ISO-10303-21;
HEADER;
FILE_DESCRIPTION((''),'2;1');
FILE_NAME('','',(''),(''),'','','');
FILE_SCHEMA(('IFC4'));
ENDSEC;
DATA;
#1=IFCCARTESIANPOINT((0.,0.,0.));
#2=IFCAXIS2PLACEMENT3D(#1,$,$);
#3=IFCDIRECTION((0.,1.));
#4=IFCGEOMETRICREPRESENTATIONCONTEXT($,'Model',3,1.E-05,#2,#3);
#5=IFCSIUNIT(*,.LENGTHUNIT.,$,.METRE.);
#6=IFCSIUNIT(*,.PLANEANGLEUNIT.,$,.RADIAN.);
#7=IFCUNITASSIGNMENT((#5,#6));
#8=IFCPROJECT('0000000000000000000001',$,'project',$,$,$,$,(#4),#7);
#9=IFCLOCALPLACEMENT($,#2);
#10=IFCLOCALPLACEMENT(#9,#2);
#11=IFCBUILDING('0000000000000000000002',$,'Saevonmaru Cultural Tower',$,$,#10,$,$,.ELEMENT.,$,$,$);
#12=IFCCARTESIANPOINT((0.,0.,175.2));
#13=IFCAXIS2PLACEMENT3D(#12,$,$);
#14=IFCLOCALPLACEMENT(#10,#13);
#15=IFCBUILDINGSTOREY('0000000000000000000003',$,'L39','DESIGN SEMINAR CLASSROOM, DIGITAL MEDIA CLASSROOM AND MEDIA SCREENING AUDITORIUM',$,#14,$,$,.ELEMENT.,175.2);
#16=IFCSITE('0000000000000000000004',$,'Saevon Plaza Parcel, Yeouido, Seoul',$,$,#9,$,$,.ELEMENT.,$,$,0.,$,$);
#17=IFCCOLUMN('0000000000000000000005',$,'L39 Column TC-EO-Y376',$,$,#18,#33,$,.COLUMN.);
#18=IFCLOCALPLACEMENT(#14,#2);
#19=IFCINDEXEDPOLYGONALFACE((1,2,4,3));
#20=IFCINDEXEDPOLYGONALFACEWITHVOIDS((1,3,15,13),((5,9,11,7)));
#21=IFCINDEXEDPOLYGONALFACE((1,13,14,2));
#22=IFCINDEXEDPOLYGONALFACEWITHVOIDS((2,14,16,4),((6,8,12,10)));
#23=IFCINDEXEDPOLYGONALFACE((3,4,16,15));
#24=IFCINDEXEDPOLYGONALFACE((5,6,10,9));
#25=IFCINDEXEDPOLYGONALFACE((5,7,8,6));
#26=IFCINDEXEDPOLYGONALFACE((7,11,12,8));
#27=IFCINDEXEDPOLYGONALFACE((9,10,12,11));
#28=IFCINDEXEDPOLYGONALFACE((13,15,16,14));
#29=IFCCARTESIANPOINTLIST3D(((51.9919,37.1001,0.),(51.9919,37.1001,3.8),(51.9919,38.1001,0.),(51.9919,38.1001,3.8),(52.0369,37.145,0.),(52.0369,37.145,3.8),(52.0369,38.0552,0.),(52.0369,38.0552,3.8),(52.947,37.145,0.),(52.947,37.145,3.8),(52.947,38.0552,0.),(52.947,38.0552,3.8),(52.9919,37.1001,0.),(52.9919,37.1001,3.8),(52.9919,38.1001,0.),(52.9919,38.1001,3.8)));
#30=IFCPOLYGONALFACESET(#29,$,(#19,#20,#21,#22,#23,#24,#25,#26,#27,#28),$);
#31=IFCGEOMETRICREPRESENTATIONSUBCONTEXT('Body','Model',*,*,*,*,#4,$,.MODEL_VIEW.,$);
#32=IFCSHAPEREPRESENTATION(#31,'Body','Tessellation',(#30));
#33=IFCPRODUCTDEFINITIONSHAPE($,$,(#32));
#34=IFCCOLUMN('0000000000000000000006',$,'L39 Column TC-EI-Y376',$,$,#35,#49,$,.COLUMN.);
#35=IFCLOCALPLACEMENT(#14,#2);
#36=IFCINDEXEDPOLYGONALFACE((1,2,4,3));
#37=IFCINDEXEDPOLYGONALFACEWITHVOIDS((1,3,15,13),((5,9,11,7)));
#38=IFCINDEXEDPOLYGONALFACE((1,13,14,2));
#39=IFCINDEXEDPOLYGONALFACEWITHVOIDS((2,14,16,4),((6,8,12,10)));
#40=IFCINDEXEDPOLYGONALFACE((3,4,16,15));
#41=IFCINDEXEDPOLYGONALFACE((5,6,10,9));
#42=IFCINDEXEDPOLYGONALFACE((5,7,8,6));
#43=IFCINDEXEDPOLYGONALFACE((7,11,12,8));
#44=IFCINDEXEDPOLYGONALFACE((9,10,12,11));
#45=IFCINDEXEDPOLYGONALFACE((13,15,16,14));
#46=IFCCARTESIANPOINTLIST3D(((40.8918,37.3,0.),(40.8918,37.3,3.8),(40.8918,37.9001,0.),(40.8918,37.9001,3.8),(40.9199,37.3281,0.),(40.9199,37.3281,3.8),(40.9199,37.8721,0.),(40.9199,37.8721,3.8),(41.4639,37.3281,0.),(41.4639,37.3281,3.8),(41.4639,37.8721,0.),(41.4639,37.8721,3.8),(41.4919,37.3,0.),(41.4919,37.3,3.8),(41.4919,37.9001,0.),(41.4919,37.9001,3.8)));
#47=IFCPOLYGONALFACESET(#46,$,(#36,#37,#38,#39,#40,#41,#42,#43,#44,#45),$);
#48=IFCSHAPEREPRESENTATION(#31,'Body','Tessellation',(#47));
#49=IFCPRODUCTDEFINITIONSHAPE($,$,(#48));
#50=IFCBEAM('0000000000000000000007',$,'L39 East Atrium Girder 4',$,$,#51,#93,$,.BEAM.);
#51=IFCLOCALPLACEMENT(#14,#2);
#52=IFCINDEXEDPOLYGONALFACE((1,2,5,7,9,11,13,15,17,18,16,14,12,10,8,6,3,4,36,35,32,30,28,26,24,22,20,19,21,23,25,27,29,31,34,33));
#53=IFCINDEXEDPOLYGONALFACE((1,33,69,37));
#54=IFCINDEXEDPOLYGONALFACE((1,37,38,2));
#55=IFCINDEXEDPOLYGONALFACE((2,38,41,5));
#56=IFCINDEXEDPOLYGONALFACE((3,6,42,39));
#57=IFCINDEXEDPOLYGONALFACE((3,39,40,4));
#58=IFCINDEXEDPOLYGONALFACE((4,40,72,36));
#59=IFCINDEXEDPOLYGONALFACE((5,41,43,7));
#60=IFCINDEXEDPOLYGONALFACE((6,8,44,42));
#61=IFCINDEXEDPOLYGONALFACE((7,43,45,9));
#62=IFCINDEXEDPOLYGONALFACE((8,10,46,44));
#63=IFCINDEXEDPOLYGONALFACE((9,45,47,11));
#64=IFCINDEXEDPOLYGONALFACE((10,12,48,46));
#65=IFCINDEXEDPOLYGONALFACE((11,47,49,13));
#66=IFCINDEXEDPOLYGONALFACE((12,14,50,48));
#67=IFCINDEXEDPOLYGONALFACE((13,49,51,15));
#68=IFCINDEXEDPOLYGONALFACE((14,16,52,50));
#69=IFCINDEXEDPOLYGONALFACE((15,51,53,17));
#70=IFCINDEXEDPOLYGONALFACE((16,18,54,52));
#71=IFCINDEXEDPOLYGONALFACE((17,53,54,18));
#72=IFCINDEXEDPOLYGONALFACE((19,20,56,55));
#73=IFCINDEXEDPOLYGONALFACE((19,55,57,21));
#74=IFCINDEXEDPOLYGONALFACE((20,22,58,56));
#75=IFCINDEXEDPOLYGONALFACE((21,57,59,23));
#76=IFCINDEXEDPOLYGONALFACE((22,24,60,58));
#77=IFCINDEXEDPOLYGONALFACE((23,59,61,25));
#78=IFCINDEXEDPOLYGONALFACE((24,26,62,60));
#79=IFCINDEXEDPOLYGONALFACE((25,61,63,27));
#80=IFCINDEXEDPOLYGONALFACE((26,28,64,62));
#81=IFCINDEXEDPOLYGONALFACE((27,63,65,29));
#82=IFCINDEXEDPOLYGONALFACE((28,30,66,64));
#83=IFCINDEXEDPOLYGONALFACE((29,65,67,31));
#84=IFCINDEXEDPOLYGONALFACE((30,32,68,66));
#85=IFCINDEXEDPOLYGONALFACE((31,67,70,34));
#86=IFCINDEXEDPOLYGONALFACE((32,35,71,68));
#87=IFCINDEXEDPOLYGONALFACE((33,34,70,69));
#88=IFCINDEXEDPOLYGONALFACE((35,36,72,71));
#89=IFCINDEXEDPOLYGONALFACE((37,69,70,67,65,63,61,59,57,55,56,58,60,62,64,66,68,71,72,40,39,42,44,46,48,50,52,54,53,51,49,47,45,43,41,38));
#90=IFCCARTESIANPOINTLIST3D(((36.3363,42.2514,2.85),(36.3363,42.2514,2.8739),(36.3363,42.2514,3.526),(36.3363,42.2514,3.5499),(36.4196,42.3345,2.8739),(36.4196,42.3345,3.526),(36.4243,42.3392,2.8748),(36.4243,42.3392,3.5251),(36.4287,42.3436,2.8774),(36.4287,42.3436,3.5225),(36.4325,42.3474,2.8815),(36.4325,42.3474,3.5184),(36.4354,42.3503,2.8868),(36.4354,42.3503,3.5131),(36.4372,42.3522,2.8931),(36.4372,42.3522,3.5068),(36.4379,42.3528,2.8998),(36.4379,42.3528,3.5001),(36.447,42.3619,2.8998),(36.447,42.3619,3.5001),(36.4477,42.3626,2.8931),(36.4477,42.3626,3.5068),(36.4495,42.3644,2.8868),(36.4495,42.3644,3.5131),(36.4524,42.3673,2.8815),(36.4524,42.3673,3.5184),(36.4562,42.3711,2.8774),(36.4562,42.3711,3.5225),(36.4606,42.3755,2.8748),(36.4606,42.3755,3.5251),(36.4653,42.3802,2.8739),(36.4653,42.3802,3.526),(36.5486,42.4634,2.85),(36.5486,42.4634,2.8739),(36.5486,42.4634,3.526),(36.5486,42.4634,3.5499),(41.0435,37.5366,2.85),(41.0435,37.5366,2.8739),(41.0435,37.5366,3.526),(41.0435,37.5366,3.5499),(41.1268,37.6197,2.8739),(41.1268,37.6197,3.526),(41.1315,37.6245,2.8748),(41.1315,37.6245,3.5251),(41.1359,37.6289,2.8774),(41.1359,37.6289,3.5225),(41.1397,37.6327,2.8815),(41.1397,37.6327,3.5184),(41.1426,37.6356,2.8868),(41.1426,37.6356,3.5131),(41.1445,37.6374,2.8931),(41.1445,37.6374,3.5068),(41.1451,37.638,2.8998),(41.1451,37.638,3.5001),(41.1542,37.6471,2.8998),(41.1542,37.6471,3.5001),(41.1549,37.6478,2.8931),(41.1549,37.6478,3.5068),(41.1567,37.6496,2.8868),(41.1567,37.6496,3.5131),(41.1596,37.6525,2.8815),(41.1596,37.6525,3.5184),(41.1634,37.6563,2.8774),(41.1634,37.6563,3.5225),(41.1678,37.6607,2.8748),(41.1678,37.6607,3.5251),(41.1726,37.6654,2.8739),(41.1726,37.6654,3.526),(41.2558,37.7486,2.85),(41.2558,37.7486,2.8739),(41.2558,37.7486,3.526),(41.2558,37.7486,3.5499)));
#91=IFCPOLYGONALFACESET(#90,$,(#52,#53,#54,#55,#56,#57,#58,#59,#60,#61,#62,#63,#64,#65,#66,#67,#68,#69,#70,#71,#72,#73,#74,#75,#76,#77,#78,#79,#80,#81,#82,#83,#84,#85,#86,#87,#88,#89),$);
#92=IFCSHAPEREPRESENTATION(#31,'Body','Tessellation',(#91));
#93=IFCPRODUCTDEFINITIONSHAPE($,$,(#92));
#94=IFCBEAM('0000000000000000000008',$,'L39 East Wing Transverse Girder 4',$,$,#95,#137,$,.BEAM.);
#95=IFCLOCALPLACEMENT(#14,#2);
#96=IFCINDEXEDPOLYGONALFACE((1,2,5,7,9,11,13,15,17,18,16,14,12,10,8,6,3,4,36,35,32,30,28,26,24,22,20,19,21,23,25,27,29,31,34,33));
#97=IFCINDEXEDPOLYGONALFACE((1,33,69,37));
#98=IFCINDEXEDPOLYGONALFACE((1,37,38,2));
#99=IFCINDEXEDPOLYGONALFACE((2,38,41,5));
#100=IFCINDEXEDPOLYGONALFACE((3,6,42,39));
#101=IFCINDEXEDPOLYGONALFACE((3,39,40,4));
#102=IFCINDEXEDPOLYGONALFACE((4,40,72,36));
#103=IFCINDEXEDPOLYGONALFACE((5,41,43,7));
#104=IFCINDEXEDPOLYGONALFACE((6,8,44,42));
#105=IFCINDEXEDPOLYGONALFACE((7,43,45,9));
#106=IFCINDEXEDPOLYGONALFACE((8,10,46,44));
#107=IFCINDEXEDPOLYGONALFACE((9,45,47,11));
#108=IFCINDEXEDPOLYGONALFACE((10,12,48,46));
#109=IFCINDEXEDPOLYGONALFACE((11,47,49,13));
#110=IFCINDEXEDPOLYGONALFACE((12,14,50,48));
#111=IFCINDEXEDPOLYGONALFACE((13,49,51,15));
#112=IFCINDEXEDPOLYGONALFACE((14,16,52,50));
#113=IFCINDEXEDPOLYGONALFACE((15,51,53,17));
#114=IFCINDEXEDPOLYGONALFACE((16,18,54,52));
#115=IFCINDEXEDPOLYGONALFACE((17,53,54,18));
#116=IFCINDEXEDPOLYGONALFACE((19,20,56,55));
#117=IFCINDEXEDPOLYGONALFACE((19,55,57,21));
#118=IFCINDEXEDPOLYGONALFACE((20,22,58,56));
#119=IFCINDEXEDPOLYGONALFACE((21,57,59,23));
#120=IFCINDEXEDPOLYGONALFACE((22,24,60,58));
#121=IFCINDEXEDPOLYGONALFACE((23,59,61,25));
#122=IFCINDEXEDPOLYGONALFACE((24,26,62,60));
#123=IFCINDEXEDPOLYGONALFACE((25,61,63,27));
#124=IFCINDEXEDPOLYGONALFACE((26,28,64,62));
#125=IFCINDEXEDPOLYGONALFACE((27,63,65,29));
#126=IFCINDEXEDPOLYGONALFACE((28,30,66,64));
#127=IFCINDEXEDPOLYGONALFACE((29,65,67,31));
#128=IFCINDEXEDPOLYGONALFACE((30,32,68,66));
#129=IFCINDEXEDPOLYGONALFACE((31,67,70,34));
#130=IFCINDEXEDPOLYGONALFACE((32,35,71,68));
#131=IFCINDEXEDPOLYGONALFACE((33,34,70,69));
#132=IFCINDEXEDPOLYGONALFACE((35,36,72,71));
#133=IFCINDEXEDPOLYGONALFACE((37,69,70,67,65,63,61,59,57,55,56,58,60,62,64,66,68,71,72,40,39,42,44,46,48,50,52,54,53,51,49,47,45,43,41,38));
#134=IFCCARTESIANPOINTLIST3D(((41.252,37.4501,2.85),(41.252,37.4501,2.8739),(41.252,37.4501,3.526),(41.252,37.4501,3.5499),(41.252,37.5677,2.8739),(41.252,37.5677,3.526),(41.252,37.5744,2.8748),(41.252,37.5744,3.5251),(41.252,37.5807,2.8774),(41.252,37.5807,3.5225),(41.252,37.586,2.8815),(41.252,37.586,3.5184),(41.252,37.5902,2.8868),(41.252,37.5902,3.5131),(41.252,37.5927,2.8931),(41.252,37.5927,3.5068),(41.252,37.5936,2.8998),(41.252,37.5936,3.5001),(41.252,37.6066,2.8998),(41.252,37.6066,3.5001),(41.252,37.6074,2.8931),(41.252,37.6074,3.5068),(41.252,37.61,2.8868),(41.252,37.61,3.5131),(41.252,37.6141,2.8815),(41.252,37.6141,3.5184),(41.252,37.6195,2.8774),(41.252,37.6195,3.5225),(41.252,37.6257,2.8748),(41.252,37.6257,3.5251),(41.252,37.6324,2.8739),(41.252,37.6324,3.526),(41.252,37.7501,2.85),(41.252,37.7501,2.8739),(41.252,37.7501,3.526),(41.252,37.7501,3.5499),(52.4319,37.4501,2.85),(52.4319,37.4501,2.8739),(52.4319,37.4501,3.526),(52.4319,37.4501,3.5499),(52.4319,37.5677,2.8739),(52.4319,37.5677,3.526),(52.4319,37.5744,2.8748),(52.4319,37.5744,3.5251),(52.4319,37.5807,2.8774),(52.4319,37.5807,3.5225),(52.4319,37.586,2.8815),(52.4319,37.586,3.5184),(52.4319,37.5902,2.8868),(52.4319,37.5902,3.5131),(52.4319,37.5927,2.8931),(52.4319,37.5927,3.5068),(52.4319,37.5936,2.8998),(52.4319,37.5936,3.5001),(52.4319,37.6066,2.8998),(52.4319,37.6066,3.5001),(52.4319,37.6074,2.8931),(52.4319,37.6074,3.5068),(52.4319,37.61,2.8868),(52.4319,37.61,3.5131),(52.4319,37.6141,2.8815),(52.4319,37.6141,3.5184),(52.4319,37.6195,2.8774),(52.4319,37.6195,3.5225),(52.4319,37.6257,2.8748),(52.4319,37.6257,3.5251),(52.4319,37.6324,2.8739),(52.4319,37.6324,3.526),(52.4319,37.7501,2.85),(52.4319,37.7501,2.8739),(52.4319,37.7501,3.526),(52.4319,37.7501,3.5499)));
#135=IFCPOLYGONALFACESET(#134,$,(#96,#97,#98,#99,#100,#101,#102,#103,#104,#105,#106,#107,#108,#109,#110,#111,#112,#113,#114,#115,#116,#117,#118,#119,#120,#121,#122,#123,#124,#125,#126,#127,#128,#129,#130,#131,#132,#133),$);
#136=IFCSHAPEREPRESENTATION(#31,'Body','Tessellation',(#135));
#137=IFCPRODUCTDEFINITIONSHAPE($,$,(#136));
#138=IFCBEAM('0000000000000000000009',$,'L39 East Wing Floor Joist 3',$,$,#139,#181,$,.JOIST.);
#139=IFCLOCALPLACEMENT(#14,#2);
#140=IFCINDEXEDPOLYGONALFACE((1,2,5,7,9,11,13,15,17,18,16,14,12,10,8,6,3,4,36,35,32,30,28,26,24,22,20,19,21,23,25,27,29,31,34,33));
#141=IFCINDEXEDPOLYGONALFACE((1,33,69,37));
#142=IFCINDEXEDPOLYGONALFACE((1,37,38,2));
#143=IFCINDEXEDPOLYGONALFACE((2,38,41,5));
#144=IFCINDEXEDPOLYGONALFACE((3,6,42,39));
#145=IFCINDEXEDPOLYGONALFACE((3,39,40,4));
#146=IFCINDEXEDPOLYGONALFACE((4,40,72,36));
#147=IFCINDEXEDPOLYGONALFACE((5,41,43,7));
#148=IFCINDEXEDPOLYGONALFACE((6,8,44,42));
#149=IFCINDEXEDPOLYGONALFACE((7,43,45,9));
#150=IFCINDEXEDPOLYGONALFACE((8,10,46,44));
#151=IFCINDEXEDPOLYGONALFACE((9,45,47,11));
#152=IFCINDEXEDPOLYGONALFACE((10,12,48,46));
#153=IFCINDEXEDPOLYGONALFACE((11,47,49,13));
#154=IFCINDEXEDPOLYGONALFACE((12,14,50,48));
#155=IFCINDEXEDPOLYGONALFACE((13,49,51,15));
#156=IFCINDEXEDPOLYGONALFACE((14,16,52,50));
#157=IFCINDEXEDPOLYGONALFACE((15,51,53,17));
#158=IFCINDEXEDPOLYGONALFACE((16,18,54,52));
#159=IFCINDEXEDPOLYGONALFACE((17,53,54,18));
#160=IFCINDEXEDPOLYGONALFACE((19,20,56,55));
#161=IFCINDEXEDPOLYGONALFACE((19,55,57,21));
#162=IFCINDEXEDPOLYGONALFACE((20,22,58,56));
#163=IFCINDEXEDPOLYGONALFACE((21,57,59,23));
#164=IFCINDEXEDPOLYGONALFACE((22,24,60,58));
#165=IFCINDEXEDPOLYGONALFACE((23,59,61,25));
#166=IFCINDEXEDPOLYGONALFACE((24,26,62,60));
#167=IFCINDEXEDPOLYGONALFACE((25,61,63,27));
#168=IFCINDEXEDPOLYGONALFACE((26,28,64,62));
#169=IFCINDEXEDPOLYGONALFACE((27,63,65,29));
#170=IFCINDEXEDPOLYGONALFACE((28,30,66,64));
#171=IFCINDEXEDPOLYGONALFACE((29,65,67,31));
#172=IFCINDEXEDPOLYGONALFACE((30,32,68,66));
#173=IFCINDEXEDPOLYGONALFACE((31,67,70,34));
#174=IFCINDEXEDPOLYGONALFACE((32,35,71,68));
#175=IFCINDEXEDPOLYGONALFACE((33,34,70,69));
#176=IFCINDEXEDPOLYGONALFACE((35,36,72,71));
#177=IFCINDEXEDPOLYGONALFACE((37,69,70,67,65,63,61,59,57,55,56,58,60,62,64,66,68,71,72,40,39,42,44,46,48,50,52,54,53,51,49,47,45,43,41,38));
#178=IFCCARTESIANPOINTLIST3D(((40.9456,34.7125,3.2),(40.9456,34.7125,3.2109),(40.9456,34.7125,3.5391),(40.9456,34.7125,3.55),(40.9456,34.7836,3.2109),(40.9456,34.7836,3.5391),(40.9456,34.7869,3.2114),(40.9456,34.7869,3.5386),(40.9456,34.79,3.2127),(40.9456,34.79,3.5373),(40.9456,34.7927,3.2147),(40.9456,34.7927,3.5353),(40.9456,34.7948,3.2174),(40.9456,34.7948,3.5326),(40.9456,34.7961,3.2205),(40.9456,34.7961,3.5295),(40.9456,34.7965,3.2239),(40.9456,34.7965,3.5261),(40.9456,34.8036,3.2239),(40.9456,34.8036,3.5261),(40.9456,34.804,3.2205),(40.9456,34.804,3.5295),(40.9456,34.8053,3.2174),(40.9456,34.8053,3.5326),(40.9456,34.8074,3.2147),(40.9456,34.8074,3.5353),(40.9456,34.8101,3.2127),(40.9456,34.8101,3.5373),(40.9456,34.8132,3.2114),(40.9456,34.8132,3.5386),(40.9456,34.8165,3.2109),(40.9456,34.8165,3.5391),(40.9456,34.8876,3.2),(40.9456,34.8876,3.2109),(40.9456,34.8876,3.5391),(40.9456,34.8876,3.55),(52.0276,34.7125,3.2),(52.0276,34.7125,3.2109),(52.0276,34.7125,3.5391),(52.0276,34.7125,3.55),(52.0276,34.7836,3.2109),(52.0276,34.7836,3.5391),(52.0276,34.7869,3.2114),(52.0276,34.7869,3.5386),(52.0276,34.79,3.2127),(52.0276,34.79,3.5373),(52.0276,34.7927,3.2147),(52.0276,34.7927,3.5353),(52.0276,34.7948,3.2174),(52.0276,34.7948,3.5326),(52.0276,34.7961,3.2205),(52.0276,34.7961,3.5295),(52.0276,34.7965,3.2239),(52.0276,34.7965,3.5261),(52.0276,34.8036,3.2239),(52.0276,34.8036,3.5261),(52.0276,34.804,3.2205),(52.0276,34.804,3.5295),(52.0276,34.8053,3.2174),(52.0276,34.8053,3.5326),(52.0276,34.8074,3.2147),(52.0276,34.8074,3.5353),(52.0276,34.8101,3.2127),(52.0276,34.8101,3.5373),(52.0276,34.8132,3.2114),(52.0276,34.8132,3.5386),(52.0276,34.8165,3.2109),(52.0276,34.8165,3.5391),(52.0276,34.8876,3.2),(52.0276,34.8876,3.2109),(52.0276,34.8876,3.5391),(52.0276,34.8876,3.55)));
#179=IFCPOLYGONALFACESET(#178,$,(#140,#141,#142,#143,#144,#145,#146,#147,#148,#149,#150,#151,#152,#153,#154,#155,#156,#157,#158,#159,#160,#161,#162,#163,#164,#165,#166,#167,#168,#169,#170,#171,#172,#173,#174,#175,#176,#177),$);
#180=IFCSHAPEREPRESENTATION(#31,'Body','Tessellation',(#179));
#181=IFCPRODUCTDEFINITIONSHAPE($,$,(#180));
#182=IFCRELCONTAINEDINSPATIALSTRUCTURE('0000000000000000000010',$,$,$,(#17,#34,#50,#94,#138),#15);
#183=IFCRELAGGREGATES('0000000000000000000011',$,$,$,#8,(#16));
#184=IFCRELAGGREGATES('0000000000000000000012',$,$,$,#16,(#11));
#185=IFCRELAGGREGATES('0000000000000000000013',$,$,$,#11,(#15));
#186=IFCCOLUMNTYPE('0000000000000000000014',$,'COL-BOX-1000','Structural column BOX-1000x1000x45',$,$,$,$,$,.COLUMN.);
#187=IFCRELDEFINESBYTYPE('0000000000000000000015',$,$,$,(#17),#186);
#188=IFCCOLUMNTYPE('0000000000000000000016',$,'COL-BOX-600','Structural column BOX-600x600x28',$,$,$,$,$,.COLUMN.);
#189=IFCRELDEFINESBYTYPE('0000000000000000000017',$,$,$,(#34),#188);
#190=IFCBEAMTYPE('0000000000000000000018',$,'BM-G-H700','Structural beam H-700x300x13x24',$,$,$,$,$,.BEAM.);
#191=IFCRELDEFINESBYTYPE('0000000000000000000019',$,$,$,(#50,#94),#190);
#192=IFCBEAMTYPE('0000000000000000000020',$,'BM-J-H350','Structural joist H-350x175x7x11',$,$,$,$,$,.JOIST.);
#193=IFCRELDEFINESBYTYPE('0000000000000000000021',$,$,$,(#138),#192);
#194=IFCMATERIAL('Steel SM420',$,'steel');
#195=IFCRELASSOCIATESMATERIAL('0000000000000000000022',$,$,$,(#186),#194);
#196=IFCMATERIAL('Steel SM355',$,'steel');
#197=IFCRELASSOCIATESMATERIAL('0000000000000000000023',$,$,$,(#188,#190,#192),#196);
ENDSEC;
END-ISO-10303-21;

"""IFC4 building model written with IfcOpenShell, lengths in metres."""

from ifc_helpers import new_model, si_unit, direction, frame, origin, origin_2d, place, context, subcontext, project, spatial, hollow_rectangle, i_section, extrude, material, material_profile, profile_set, type_object, element, save


model = new_model("IFC4")

# Units and contexts
model_context = context("Model", 3, precision=1e-05, world=origin(), true_north=direction((0.0, 1.0)))
body_context = subcontext(model_context, "Body", "Model", "MODEL_VIEW")
ifc_project = project(units=[si_unit("LENGTHUNIT", "METRE"), si_unit("PLANEANGLEUNIT", "RADIAN")], contexts=[model_context])

# Site, building, storey
site_placement = place(None, origin())
site = spatial("IfcSite", under=ifc_project, at=site_placement, Name="Saevon Plaza Parcel, Yeouido, Seoul", CompositionType="ELEMENT", RefElevation=0.0)
building_placement = place(site_placement, origin())
building = spatial("IfcBuilding", under=site, at=building_placement, Name="Saevonmaru Cultural Tower", CompositionType="ELEMENT")
storey_placement = place(building_placement, frame((0.0, 0.0, 175.2)))
storey = spatial("IfcBuildingStorey", under=building, at=storey_placement, Name="L39", Description="DESIGN SEMINAR CLASSROOM, DIGITAL MEDIA CLASSROOM AND MEDIA SCREENING AUDITORIUM", CompositionType="ELEMENT", Elevation=175.2)

# Columns
ifc_material_1 = material(Name="Steel SM420", Category="steel")
ifc_material_profile_1 = material_profile(ifc_material_1, hollow_rectangle(XDim=1.0, YDim=1.0, WallThickness=0.0449, at=origin_2d()), Name="BOX-1000x1000x45")
ifc_profile_set_1 = profile_set([ifc_material_profile_1], Name="Steel SM420")
column_type_1 = type_object("IfcColumnType", Name="COL-BOX-1000", Description="Structural column BOX-1000x1000x45", PredefinedType="COLUMN", material=ifc_profile_set_1)
column_1_placement = place(storey_placement, frame((52.4919, 37.6001, 0.0), z_axis=(0.0, 0.0, 1.0), x_axis=(1.0, 0.0, 0.0)))
element("IfcColumn", 1, at=column_1_placement, inside=storey, type_object=column_type_1, Name="L39 Column TC-EO-Y376", PredefinedType="COLUMN", context=body_context, shape_type="SweptSolid", body=[
    extrude(hollow_rectangle(XDim=1.0, YDim=1.0, WallThickness=0.0449, at=origin_2d()), origin(), (0.0, 0.0, 1.0), 3.8),
])
ifc_material_2 = material(Name="Steel SM355", Category="steel")
ifc_material_profile_2 = material_profile(ifc_material_2, hollow_rectangle(XDim=0.6001, YDim=0.6001, WallThickness=0.0281, at=origin_2d()), Name="BOX-600x600x28")
ifc_profile_set_2 = profile_set([ifc_material_profile_2], Name="Steel SM355")
column_type_2 = type_object("IfcColumnType", Name="COL-BOX-600", Description="Structural column BOX-600x600x28", PredefinedType="COLUMN", material=ifc_profile_set_2)
column_2_placement = place(storey_placement, frame((41.1919, 37.6001, 0.0), z_axis=(0.0, 0.0, 1.0), x_axis=(1.0, 0.0, 0.0)))
element("IfcColumn", 2, at=column_2_placement, inside=storey, type_object=column_type_2, Name="L39 Column TC-EI-Y376", PredefinedType="COLUMN", context=body_context, shape_type="SweptSolid", body=[
    extrude(hollow_rectangle(XDim=0.6001, YDim=0.6001, WallThickness=0.0281, at=origin_2d()), origin(), (0.0, 0.0, 1.0), 3.8),
])

# Beams
ifc_material_profile_3 = material_profile(ifc_material_2, i_section(OverallWidth=0.3, OverallDepth=0.7, WebThickness=0.0129, FlangeThickness=0.0239, FilletRadius=0.0259, at=origin_2d()), Name="H-700x300x13x24")
ifc_profile_set_3 = profile_set([ifc_material_profile_3], Name="Steel SM355")
beam_type_1 = type_object("IfcBeamType", Name="BM-G-H700", Description="Structural beam H-700x300x13x24", PredefinedType="BEAM", material=ifc_profile_set_3)
beam_1_placement = place(storey_placement, frame((41.1497, 37.6426, 3.2), z_axis=(-0.706539, 0.707675, 0.0), x_axis=(-0.707675, -0.706539, 0.0)))
element("IfcBeam", 3, at=beam_1_placement, inside=storey, type_object=beam_type_1, Name="L39 East Atrium Girder 4", PredefinedType="BEAM", context=body_context, shape_type="SweptSolid", body=[
    extrude(i_section(OverallWidth=0.3, OverallDepth=0.7, WebThickness=0.0129, FlangeThickness=0.0239, FilletRadius=0.0259, at=origin_2d()), origin(), (0.0, 0.0, 1.0), 6.6624),
])
beam_2_placement = place(storey_placement, frame((41.252, 37.6001, 3.2), z_axis=(1.0, 0.0, 0.0), x_axis=(0.0, 1.0, 0.0)))
element("IfcBeam", 4, at=beam_2_placement, inside=storey, type_object=beam_type_1, Name="L39 East Wing Transverse Girder 4", PredefinedType="BEAM", context=body_context, shape_type="SweptSolid", body=[
    extrude(i_section(OverallWidth=0.3, OverallDepth=0.7, WebThickness=0.0129, FlangeThickness=0.0239, FilletRadius=0.0259, at=origin_2d()), origin(), (0.0, 0.0, 1.0), 11.1799),
])
ifc_material_profile_4 = material_profile(ifc_material_2, i_section(OverallWidth=0.175, OverallDepth=0.3501, WebThickness=0.0071, FlangeThickness=0.011, FilletRadius=0.0129, at=origin_2d()), Name="H-350x175x7x11")
ifc_profile_set_4 = profile_set([ifc_material_profile_4], Name="Steel SM355")
beam_type_2 = type_object("IfcBeamType", Name="BM-J-H350", Description="Structural joist H-350x175x7x11", PredefinedType="JOIST", material=ifc_profile_set_4)
beam_3_placement = place(storey_placement, frame((40.9456, 34.8, 3.375), z_axis=(1.0, 0.0, 0.0), x_axis=(0.0, 1.0, 0.0)))
element("IfcBeam", 5, at=beam_3_placement, inside=storey, type_object=beam_type_2, Name="L39 East Wing Floor Joist 3", PredefinedType="JOIST", context=body_context, shape_type="SweptSolid", body=[
    extrude(i_section(OverallWidth=0.175, OverallDepth=0.3501, WebThickness=0.0071, FlangeThickness=0.011, FilletRadius=0.0129, at=origin_2d()), origin(), (0.0, 0.0, 1.0), 11.082),
])

save(model, "model.ifc")
